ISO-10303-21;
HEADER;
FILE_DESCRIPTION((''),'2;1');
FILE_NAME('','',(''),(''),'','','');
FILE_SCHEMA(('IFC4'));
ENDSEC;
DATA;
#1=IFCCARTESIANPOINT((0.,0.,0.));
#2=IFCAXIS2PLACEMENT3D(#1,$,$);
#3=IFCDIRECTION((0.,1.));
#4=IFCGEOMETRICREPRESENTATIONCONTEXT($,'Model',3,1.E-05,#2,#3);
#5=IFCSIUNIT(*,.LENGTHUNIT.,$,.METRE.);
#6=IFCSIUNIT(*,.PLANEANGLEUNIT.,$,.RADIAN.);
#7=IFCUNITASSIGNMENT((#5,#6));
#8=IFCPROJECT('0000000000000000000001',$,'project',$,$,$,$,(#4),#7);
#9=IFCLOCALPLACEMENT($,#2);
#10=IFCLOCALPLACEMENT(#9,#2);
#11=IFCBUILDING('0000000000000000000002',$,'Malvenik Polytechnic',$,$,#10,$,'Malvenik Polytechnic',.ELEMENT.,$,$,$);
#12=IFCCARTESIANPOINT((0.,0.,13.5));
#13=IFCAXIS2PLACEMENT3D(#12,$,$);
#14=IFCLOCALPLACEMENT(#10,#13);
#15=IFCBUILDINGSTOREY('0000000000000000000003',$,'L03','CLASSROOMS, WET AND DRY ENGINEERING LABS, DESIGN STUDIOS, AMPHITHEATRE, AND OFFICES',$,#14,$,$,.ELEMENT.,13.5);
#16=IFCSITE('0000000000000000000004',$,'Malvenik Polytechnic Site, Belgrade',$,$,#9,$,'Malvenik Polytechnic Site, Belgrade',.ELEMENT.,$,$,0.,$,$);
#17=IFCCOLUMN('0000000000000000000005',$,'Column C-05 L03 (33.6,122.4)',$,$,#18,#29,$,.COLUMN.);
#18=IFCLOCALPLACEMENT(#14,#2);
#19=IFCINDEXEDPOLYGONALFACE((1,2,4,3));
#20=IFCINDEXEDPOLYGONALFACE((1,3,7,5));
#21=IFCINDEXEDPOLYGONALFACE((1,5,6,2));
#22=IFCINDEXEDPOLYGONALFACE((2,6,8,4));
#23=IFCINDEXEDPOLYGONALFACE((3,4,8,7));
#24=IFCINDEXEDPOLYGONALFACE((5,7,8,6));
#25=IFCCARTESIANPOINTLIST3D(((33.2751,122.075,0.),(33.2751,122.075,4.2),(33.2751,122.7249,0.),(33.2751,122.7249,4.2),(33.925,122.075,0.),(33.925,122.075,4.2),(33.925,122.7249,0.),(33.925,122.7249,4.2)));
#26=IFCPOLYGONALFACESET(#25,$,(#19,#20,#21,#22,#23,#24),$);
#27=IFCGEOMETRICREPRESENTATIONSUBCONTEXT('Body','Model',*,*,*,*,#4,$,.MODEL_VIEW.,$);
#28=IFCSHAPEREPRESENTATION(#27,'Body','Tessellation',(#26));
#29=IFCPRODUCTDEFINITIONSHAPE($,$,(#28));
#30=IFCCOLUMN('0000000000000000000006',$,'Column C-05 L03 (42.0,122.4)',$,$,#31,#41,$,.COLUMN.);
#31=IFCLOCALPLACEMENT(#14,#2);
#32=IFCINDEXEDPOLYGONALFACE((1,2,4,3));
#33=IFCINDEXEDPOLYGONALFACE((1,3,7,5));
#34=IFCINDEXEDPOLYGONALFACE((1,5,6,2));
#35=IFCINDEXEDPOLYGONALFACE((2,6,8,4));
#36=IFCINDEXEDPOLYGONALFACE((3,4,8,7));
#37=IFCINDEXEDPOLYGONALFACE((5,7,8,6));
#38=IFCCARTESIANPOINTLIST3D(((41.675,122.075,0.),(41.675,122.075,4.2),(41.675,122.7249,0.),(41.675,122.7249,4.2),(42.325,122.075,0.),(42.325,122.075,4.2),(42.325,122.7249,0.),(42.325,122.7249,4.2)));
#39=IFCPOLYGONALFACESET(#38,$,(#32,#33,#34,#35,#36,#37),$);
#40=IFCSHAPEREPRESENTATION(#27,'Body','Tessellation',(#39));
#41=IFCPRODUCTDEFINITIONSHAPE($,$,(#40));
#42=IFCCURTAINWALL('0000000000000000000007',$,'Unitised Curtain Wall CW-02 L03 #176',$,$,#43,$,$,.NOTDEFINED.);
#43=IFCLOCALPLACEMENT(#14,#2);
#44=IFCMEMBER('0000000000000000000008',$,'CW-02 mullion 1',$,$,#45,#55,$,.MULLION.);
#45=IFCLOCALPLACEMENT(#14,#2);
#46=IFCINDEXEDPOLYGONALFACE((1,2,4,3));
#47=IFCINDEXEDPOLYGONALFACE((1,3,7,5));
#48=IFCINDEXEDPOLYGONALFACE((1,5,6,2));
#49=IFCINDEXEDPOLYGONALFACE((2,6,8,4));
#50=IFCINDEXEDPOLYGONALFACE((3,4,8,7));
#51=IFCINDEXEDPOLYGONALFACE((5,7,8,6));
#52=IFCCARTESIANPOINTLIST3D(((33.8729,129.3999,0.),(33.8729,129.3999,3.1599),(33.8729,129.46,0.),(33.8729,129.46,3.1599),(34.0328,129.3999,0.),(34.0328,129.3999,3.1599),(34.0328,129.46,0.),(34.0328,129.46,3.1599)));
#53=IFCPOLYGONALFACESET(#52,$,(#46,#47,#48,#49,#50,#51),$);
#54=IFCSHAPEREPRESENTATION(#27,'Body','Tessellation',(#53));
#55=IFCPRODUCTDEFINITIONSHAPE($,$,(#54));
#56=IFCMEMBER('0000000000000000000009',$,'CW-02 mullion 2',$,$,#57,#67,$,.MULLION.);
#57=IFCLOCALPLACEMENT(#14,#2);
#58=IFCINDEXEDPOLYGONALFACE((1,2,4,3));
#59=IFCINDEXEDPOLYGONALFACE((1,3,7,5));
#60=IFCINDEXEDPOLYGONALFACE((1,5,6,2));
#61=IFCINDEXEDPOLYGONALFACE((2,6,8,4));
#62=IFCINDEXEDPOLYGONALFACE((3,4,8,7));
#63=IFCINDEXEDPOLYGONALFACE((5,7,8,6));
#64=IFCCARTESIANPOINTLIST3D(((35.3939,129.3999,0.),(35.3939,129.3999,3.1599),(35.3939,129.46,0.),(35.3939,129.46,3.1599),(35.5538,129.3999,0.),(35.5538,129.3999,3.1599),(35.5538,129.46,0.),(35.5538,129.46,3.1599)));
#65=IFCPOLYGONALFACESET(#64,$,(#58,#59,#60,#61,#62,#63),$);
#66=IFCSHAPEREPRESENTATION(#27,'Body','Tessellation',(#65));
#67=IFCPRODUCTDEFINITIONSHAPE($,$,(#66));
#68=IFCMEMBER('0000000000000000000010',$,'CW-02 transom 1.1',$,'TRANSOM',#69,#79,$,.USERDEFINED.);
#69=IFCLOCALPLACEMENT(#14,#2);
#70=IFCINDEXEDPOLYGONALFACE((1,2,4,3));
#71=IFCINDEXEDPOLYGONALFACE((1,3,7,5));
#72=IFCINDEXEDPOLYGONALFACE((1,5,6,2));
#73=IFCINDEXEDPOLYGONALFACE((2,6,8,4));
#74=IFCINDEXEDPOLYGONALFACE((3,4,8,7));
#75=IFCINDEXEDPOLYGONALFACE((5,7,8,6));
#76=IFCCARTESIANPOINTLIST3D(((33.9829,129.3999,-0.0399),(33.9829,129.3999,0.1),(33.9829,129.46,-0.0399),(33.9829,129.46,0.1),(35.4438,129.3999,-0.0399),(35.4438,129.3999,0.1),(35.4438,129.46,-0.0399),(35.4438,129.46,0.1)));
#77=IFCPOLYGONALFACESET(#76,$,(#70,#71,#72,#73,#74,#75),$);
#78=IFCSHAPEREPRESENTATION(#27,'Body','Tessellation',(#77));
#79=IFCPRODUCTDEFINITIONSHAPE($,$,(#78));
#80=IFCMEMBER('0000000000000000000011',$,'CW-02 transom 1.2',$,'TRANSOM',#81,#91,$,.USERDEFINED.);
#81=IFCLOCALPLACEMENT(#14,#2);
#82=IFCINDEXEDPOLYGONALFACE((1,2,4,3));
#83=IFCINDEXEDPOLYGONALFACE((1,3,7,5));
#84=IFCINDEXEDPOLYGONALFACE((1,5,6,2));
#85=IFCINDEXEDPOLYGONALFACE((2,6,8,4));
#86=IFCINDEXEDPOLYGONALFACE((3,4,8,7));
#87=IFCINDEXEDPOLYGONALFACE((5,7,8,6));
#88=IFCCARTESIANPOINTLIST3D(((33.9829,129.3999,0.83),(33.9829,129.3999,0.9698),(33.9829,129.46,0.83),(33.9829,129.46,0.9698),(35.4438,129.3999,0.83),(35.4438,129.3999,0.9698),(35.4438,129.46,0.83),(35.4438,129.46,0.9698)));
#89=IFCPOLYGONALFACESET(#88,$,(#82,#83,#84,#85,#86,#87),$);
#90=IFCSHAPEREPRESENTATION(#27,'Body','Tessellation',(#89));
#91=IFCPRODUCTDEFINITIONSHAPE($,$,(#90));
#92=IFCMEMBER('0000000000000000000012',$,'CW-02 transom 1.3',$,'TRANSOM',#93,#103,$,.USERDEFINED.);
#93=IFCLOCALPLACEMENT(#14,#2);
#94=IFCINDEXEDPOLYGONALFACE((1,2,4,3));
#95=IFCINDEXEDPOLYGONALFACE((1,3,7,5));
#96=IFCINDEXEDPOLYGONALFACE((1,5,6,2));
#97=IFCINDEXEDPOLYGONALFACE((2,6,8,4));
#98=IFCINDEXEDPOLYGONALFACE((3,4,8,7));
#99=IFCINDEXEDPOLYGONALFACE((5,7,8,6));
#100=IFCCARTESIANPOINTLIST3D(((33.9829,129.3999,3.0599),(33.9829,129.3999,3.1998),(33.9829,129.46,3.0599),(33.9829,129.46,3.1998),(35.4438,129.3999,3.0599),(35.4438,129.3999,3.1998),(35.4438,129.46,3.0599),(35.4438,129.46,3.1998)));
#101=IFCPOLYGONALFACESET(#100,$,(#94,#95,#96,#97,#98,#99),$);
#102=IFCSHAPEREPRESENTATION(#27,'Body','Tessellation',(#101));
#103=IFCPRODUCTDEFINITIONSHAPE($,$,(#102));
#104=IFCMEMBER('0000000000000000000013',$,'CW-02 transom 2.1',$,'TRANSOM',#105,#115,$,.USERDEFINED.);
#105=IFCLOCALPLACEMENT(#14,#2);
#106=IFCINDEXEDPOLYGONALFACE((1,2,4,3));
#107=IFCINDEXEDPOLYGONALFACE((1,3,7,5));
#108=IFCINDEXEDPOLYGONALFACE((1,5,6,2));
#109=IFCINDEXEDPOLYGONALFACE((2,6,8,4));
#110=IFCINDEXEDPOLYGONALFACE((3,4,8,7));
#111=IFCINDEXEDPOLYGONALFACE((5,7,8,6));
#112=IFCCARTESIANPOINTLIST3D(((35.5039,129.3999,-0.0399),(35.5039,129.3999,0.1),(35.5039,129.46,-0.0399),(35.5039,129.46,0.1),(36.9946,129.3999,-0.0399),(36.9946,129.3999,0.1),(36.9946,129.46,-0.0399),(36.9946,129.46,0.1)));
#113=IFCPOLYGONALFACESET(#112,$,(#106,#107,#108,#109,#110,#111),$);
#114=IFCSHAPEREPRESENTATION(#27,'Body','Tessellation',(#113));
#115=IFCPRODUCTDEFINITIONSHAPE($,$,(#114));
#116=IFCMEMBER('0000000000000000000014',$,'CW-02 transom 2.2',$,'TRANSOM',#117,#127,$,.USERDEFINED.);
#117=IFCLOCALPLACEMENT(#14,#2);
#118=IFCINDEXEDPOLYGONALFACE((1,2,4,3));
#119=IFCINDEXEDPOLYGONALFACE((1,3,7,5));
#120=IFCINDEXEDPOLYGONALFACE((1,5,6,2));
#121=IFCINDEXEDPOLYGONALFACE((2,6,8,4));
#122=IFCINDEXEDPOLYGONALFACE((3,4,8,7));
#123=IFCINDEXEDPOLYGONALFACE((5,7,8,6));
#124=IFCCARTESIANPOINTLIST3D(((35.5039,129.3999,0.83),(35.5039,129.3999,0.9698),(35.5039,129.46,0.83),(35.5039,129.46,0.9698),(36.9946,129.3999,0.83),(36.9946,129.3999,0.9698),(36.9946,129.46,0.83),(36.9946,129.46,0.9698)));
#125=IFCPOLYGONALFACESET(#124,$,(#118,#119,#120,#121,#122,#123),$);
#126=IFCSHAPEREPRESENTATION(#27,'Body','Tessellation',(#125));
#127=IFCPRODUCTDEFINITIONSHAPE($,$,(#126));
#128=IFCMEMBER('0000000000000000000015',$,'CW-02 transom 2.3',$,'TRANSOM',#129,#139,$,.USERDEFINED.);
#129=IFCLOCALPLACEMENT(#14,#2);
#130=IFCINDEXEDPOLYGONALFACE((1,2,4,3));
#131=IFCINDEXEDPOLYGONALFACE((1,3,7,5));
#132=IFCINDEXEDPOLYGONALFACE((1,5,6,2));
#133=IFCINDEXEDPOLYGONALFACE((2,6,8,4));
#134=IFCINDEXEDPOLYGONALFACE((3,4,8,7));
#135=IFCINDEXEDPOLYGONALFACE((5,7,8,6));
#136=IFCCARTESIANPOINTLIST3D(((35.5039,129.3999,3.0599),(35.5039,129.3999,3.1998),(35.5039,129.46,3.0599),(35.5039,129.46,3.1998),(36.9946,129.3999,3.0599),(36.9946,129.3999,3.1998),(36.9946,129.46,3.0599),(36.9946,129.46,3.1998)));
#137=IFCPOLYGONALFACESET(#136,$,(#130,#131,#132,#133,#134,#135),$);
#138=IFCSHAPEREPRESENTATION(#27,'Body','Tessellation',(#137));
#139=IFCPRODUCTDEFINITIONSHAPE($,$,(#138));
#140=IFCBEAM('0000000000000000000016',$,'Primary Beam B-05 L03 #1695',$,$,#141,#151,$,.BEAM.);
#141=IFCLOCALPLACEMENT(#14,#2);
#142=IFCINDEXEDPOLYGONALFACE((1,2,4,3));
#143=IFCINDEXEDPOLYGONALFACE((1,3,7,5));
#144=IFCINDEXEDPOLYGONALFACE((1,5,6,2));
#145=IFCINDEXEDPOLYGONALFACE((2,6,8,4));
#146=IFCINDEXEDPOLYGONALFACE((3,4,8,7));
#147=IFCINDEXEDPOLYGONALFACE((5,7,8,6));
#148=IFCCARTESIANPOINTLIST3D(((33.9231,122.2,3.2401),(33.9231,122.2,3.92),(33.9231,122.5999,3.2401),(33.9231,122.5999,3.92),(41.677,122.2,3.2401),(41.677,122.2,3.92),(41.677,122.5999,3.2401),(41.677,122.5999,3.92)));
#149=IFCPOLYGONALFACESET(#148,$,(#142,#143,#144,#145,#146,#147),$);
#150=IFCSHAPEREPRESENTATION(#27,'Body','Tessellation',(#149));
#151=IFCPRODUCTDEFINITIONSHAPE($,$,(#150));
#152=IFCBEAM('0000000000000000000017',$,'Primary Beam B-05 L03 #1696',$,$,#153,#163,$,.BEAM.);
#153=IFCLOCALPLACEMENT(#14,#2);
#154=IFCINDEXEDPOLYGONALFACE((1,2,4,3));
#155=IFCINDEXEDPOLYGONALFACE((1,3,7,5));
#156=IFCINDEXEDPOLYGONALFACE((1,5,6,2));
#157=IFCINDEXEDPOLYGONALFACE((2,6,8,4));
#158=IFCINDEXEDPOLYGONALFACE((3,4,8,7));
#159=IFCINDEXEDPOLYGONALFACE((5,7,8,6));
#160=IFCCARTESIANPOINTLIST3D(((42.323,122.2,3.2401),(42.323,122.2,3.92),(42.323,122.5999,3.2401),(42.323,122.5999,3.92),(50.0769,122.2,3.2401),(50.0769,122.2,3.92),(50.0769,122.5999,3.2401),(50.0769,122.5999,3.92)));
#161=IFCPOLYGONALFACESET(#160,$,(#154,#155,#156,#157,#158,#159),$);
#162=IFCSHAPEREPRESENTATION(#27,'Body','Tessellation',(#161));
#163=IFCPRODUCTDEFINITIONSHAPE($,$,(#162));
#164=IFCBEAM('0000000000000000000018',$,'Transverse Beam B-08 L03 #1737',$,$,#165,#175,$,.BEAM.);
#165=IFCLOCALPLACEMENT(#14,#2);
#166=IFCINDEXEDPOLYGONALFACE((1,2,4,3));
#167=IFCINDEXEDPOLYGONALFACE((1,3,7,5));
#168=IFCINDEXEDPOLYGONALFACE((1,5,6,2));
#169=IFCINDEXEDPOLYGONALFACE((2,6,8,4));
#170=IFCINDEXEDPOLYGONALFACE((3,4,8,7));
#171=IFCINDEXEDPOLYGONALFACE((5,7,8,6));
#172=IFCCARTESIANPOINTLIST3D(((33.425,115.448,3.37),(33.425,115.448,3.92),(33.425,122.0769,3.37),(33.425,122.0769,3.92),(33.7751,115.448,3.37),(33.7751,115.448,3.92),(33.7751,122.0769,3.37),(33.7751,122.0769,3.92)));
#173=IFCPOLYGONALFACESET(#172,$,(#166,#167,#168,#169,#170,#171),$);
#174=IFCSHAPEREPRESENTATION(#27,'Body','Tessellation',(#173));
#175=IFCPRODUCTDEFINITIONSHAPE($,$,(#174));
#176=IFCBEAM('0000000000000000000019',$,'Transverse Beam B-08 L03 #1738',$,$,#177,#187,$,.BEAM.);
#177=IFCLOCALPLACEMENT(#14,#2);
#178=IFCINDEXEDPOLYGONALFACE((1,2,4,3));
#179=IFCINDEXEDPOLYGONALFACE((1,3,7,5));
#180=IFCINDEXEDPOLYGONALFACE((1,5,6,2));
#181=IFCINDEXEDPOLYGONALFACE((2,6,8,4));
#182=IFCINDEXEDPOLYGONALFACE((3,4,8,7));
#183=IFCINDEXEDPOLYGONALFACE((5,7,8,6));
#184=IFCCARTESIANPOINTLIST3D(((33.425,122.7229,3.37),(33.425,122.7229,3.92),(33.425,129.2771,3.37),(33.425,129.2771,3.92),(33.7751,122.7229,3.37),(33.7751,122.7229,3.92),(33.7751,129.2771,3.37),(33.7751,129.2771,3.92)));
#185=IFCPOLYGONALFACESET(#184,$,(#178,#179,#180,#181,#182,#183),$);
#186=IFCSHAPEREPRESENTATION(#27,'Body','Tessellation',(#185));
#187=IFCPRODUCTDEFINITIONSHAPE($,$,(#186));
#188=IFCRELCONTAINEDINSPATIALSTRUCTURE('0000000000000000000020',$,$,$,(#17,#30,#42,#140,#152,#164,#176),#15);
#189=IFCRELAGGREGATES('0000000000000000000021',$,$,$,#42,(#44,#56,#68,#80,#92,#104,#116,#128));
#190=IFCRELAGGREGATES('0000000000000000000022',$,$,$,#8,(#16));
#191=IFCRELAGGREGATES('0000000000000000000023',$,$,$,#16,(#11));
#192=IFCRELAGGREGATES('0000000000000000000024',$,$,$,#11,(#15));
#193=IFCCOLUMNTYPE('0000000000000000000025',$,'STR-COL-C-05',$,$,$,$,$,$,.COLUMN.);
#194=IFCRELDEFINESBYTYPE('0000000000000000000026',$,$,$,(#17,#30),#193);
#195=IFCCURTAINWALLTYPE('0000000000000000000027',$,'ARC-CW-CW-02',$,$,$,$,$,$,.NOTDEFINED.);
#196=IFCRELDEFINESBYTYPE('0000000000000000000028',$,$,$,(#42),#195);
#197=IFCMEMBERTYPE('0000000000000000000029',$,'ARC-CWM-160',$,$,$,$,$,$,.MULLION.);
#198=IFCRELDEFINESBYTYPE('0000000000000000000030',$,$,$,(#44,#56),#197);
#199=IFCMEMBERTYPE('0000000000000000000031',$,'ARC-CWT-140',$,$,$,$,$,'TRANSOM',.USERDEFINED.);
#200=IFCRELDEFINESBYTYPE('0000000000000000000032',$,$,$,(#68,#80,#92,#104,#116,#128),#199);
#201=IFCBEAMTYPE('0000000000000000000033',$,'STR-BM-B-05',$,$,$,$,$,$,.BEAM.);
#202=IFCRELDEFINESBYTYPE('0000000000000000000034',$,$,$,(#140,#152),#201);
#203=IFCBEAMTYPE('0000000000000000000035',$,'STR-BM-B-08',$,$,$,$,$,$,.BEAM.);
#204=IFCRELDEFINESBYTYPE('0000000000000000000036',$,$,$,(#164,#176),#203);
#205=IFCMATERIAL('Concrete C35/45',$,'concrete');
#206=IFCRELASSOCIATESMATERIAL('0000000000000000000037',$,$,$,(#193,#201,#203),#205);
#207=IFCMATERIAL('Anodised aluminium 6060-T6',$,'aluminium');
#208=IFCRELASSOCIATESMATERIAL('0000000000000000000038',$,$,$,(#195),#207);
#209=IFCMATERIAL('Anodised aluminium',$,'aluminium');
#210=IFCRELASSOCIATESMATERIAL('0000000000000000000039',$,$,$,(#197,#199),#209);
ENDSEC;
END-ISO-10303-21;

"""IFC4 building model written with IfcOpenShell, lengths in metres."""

from ifc_helpers import new_model, si_unit, direction, frame, origin, origin_2d, place, context, subcontext, project, spatial, rectangle, extrude, material, material_profile, profile_set, type_object, element, aggregate, save


model = new_model("IFC4")

# Units and contexts
model_context = context("Model", 3, precision=1e-05, world=origin(), true_north=direction((0.0, 1.0)))
body_context = subcontext(model_context, "Body", "Model", "MODEL_VIEW")
ifc_project = project(units=[si_unit("LENGTHUNIT", "METRE"), si_unit("PLANEANGLEUNIT", "RADIAN")], contexts=[model_context])

# Site, building, storey
site_placement = place(None, origin())
site = spatial("IfcSite", under=ifc_project, at=site_placement, Name="Malvenik Polytechnic Site, Belgrade", LongName="Malvenik Polytechnic Site, Belgrade", CompositionType="ELEMENT", RefElevation=0.0)
building_placement = place(site_placement, origin())
building = spatial("IfcBuilding", under=site, at=building_placement, Name="Malvenik Polytechnic", LongName="Malvenik Polytechnic", CompositionType="ELEMENT")
storey_placement = place(building_placement, frame((0.0, 0.0, 13.5)))
storey = spatial("IfcBuildingStorey", under=building, at=storey_placement, Name="L03", Description="CLASSROOMS, WET AND DRY ENGINEERING LABS, DESIGN STUDIOS, AMPHITHEATRE, AND OFFICES", CompositionType="ELEMENT", Elevation=13.5)

# Columns
ifc_material_1 = material(Name="Concrete C35/45", Category="concrete")
ifc_material_profile_1 = material_profile(ifc_material_1, rectangle(XDim=0.6499, YDim=0.6499, at=origin_2d()), Name="RC COL 650x650")
ifc_profile_set_1 = profile_set([ifc_material_profile_1], Name="Concrete C35/45")
column_type = type_object("IfcColumnType", Name="STR-COL-C-05", PredefinedType="COLUMN", material=ifc_profile_set_1)
for number, where, z_axis, x_axis, name in (
    (1, (33.6001, 122.3999, 0.0), (0.0, 0.0, 1.0), (1.0, 0.0, 0.0), "Column C-05 L03 (33.6,122.4)"),
    (2, (42.0, 122.3999, 0.0), (0.0, 0.0, 1.0), (1.0, 0.0, 0.0), "Column C-05 L03 (42.0,122.4)"),
):
    element("IfcColumn", number, at=place(storey_placement, frame(where, z_axis=z_axis, x_axis=x_axis)), inside=storey, type_object=column_type, Name=name, PredefinedType="COLUMN", context=body_context, shape_type="SweptSolid", body=[
        extrude(rectangle(XDim=0.6499, YDim=0.6499, at=origin_2d()), origin(), (0.0, 0.0, 1.0), 4.2),
    ])

# Curtain wall, members
ifc_material_2 = material(Name="Anodised aluminium 6060-T6", Category="aluminium")
curtain_wall_type = type_object("IfcCurtainWallType", Name="ARC-CW-CW-02", PredefinedType="NOTDEFINED", material=ifc_material_2)
curtain_wall_placement = place(storey_placement, origin())
curtain_wall = element("IfcCurtainWall", 3, at=curtain_wall_placement, inside=storey, type_object=curtain_wall_type, Name="Unitised Curtain Wall CW-02 L03 #176", PredefinedType="NOTDEFINED")
ifc_material_3 = material(Name="Anodised aluminium", Category="aluminium")
ifc_material_profile_2 = material_profile(ifc_material_3, rectangle(XDim=0.0601, YDim=0.1599, at=origin_2d()), Name="ALU MULLION 60x160")
ifc_profile_set_2 = profile_set([ifc_material_profile_2], Name="Anodised aluminium")
member_type_1 = type_object("IfcMemberType", Name="ARC-CWM-160", PredefinedType="MULLION", material=ifc_profile_set_2)
member_1_placement = place(storey_placement, frame((33.9529, 129.4299, 0.0), z_axis=(0.0, 0.0, 1.0), x_axis=(0.0, 1.0, 0.0)))
member_1 = element("IfcMember", 4, at=member_1_placement, type_object=member_type_1, Name="CW-02 mullion 1", PredefinedType="MULLION", context=body_context, shape_type="SweptSolid", body=[
    extrude(rectangle(XDim=0.0601, YDim=0.1599, at=origin_2d()), origin(), (0.0, 0.0, 1.0), 3.1599),
])
member_2_placement = place(storey_placement, frame((35.4739, 129.4299, 0.0), z_axis=(0.0, 0.0, 1.0), x_axis=(0.0, 1.0, 0.0)))
member_2 = element("IfcMember", 5, at=member_2_placement, type_object=member_type_1, Name="CW-02 mullion 2", PredefinedType="MULLION", context=body_context, shape_type="SweptSolid", body=[
    extrude(rectangle(XDim=0.0601, YDim=0.1599, at=origin_2d()), origin(), (0.0, 0.0, 1.0), 3.1599),
])
ifc_material_profile_3 = material_profile(ifc_material_3, rectangle(XDim=0.0601, YDim=0.1399, at=origin_2d()), Name="ALU TRANSOM 60x140")
ifc_profile_set_3 = profile_set([ifc_material_profile_3], Name="Anodised aluminium")
member_type_2 = type_object("IfcMemberType", Name="ARC-CWT-140", ElementType="TRANSOM", PredefinedType="USERDEFINED", material=ifc_profile_set_3)
member_3_placement = place(storey_placement, frame((33.9829, 129.4299, 0.03), z_axis=(1.0, 0.0, 0.0), x_axis=(0.0, 1.0, 0.0)))
member_3 = element("IfcMember", 6, at=member_3_placement, type_object=member_type_2, Name="CW-02 transom 1.1", ObjectType="TRANSOM", PredefinedType="USERDEFINED", context=body_context, shape_type="SweptSolid", body=[
    extrude(rectangle(XDim=0.0601, YDim=0.1399, at=origin_2d()), origin(), (0.0, 0.0, 1.0), 1.4609),
])
member_4_placement = place(storey_placement, frame((33.9829, 129.4299, 0.8999), z_axis=(1.0, 0.0, 0.0), x_axis=(0.0, 1.0, 0.0)))
member_4 = element("IfcMember", 7, at=member_4_placement, type_object=member_type_2, Name="CW-02 transom 1.2", ObjectType="TRANSOM", PredefinedType="USERDEFINED", context=body_context, shape_type="SweptSolid", body=[
    extrude(rectangle(XDim=0.0601, YDim=0.1399, at=origin_2d()), origin(), (0.0, 0.0, 1.0), 1.4609),
])
member_5_placement = place(storey_placement, frame((33.9829, 129.4299, 3.1299), z_axis=(1.0, 0.0, 0.0), x_axis=(0.0, 1.0, 0.0)))
member_5 = element("IfcMember", 8, at=member_5_placement, type_object=member_type_2, Name="CW-02 transom 1.3", ObjectType="TRANSOM", PredefinedType="USERDEFINED", context=body_context, shape_type="SweptSolid", body=[
    extrude(rectangle(XDim=0.0601, YDim=0.1399, at=origin_2d()), origin(), (0.0, 0.0, 1.0), 1.4609),
])
member_6_placement = place(storey_placement, frame((35.5039, 129.4299, 0.03), z_axis=(1.0, 0.0, 0.0), x_axis=(0.0, 1.0, 0.0)))
member_6 = element("IfcMember", 9, at=member_6_placement, type_object=member_type_2, Name="CW-02 transom 2.1", ObjectType="TRANSOM", PredefinedType="USERDEFINED", context=body_context, shape_type="SweptSolid", body=[
    extrude(rectangle(XDim=0.0601, YDim=0.1399, at=origin_2d()), origin(), (0.0, 0.0, 1.0), 1.4907),
])
member_7_placement = place(storey_placement, frame((35.5039, 129.4299, 0.8999), z_axis=(1.0, 0.0, 0.0), x_axis=(0.0, 1.0, 0.0)))
member_7 = element("IfcMember", 10, at=member_7_placement, type_object=member_type_2, Name="CW-02 transom 2.2", ObjectType="TRANSOM", PredefinedType="USERDEFINED", context=body_context, shape_type="SweptSolid", body=[
    extrude(rectangle(XDim=0.0601, YDim=0.1399, at=origin_2d()), origin(), (0.0, 0.0, 1.0), 1.4907),
])
member_8_placement = place(storey_placement, frame((35.5039, 129.4299, 3.1299), z_axis=(1.0, 0.0, 0.0), x_axis=(0.0, 1.0, 0.0)))
member_8 = element("IfcMember", 11, at=member_8_placement, type_object=member_type_2, Name="CW-02 transom 2.3", ObjectType="TRANSOM", PredefinedType="USERDEFINED", context=body_context, shape_type="SweptSolid", body=[
    extrude(rectangle(XDim=0.0601, YDim=0.1399, at=origin_2d()), origin(), (0.0, 0.0, 1.0), 1.4907),
])

# Beams
ifc_material_profile_4 = material_profile(ifc_material_1, rectangle(XDim=0.3999, YDim=0.6799, at=origin_2d()), Name="RC BM 400x680")
ifc_profile_set_4 = profile_set([ifc_material_profile_4], Name="Concrete C35/45")
beam_type_1 = type_object("IfcBeamType", Name="STR-BM-B-05", PredefinedType="BEAM", material=ifc_profile_set_4)
for number, where, z_axis, x_axis, name in (
    (12, (33.9231, 122.3999, 3.5801), (1.0, 0.0, 0.0), (0.0, 1.0, 0.0), "Primary Beam B-05 L03 #1695"),
    (13, (42.323, 122.3999, 3.5801), (1.0, 0.0, 0.0), (0.0, 1.0, 0.0), "Primary Beam B-05 L03 #1696"),
):
    element("IfcBeam", number, at=place(storey_placement, frame(where, z_axis=z_axis, x_axis=x_axis)), inside=storey, type_object=beam_type_1, Name=name, PredefinedType="BEAM", context=body_context, shape_type="SweptSolid", body=[
        extrude(rectangle(XDim=0.3999, YDim=0.6799, at=origin_2d()), origin(), (0.0, 0.0, 1.0), 7.7539),
    ])
ifc_material_profile_5 = material_profile(ifc_material_1, rectangle(XDim=0.3501, YDim=0.55, at=origin_2d()), Name="RC BM 350x550")
ifc_profile_set_5 = profile_set([ifc_material_profile_5], Name="Concrete C35/45")
beam_type_2 = type_object("IfcBeamType", Name="STR-BM-B-08", PredefinedType="BEAM", material=ifc_profile_set_5)
beam_1_placement = place(storey_placement, frame((33.6001, 115.448, 3.645), z_axis=(0.0, 1.0, 0.0), x_axis=(-1.0, 0.0, 0.0)))
element("IfcBeam", 14, at=beam_1_placement, inside=storey, type_object=beam_type_2, Name="Transverse Beam B-08 L03 #1737", PredefinedType="BEAM", context=body_context, shape_type="SweptSolid", body=[
    extrude(rectangle(XDim=0.3501, YDim=0.55, at=origin_2d()), origin(), (0.0, 0.0, 1.0), 6.6289),
])
beam_2_placement = place(storey_placement, frame((33.6001, 122.7229, 3.645), z_axis=(0.0, 1.0, 0.0), x_axis=(-1.0, 0.0, 0.0)))
element("IfcBeam", 15, at=beam_2_placement, inside=storey, type_object=beam_type_2, Name="Transverse Beam B-08 L03 #1738", PredefinedType="BEAM", context=body_context, shape_type="SweptSolid", body=[
    extrude(rectangle(XDim=0.3501, YDim=0.55, at=origin_2d()), origin(), (0.0, 0.0, 1.0), 6.5542),
])

aggregate(curtain_wall, [member_1, member_2, member_3, member_4, member_5, member_6, member_7, member_8])

save(model, "model.ifc")
